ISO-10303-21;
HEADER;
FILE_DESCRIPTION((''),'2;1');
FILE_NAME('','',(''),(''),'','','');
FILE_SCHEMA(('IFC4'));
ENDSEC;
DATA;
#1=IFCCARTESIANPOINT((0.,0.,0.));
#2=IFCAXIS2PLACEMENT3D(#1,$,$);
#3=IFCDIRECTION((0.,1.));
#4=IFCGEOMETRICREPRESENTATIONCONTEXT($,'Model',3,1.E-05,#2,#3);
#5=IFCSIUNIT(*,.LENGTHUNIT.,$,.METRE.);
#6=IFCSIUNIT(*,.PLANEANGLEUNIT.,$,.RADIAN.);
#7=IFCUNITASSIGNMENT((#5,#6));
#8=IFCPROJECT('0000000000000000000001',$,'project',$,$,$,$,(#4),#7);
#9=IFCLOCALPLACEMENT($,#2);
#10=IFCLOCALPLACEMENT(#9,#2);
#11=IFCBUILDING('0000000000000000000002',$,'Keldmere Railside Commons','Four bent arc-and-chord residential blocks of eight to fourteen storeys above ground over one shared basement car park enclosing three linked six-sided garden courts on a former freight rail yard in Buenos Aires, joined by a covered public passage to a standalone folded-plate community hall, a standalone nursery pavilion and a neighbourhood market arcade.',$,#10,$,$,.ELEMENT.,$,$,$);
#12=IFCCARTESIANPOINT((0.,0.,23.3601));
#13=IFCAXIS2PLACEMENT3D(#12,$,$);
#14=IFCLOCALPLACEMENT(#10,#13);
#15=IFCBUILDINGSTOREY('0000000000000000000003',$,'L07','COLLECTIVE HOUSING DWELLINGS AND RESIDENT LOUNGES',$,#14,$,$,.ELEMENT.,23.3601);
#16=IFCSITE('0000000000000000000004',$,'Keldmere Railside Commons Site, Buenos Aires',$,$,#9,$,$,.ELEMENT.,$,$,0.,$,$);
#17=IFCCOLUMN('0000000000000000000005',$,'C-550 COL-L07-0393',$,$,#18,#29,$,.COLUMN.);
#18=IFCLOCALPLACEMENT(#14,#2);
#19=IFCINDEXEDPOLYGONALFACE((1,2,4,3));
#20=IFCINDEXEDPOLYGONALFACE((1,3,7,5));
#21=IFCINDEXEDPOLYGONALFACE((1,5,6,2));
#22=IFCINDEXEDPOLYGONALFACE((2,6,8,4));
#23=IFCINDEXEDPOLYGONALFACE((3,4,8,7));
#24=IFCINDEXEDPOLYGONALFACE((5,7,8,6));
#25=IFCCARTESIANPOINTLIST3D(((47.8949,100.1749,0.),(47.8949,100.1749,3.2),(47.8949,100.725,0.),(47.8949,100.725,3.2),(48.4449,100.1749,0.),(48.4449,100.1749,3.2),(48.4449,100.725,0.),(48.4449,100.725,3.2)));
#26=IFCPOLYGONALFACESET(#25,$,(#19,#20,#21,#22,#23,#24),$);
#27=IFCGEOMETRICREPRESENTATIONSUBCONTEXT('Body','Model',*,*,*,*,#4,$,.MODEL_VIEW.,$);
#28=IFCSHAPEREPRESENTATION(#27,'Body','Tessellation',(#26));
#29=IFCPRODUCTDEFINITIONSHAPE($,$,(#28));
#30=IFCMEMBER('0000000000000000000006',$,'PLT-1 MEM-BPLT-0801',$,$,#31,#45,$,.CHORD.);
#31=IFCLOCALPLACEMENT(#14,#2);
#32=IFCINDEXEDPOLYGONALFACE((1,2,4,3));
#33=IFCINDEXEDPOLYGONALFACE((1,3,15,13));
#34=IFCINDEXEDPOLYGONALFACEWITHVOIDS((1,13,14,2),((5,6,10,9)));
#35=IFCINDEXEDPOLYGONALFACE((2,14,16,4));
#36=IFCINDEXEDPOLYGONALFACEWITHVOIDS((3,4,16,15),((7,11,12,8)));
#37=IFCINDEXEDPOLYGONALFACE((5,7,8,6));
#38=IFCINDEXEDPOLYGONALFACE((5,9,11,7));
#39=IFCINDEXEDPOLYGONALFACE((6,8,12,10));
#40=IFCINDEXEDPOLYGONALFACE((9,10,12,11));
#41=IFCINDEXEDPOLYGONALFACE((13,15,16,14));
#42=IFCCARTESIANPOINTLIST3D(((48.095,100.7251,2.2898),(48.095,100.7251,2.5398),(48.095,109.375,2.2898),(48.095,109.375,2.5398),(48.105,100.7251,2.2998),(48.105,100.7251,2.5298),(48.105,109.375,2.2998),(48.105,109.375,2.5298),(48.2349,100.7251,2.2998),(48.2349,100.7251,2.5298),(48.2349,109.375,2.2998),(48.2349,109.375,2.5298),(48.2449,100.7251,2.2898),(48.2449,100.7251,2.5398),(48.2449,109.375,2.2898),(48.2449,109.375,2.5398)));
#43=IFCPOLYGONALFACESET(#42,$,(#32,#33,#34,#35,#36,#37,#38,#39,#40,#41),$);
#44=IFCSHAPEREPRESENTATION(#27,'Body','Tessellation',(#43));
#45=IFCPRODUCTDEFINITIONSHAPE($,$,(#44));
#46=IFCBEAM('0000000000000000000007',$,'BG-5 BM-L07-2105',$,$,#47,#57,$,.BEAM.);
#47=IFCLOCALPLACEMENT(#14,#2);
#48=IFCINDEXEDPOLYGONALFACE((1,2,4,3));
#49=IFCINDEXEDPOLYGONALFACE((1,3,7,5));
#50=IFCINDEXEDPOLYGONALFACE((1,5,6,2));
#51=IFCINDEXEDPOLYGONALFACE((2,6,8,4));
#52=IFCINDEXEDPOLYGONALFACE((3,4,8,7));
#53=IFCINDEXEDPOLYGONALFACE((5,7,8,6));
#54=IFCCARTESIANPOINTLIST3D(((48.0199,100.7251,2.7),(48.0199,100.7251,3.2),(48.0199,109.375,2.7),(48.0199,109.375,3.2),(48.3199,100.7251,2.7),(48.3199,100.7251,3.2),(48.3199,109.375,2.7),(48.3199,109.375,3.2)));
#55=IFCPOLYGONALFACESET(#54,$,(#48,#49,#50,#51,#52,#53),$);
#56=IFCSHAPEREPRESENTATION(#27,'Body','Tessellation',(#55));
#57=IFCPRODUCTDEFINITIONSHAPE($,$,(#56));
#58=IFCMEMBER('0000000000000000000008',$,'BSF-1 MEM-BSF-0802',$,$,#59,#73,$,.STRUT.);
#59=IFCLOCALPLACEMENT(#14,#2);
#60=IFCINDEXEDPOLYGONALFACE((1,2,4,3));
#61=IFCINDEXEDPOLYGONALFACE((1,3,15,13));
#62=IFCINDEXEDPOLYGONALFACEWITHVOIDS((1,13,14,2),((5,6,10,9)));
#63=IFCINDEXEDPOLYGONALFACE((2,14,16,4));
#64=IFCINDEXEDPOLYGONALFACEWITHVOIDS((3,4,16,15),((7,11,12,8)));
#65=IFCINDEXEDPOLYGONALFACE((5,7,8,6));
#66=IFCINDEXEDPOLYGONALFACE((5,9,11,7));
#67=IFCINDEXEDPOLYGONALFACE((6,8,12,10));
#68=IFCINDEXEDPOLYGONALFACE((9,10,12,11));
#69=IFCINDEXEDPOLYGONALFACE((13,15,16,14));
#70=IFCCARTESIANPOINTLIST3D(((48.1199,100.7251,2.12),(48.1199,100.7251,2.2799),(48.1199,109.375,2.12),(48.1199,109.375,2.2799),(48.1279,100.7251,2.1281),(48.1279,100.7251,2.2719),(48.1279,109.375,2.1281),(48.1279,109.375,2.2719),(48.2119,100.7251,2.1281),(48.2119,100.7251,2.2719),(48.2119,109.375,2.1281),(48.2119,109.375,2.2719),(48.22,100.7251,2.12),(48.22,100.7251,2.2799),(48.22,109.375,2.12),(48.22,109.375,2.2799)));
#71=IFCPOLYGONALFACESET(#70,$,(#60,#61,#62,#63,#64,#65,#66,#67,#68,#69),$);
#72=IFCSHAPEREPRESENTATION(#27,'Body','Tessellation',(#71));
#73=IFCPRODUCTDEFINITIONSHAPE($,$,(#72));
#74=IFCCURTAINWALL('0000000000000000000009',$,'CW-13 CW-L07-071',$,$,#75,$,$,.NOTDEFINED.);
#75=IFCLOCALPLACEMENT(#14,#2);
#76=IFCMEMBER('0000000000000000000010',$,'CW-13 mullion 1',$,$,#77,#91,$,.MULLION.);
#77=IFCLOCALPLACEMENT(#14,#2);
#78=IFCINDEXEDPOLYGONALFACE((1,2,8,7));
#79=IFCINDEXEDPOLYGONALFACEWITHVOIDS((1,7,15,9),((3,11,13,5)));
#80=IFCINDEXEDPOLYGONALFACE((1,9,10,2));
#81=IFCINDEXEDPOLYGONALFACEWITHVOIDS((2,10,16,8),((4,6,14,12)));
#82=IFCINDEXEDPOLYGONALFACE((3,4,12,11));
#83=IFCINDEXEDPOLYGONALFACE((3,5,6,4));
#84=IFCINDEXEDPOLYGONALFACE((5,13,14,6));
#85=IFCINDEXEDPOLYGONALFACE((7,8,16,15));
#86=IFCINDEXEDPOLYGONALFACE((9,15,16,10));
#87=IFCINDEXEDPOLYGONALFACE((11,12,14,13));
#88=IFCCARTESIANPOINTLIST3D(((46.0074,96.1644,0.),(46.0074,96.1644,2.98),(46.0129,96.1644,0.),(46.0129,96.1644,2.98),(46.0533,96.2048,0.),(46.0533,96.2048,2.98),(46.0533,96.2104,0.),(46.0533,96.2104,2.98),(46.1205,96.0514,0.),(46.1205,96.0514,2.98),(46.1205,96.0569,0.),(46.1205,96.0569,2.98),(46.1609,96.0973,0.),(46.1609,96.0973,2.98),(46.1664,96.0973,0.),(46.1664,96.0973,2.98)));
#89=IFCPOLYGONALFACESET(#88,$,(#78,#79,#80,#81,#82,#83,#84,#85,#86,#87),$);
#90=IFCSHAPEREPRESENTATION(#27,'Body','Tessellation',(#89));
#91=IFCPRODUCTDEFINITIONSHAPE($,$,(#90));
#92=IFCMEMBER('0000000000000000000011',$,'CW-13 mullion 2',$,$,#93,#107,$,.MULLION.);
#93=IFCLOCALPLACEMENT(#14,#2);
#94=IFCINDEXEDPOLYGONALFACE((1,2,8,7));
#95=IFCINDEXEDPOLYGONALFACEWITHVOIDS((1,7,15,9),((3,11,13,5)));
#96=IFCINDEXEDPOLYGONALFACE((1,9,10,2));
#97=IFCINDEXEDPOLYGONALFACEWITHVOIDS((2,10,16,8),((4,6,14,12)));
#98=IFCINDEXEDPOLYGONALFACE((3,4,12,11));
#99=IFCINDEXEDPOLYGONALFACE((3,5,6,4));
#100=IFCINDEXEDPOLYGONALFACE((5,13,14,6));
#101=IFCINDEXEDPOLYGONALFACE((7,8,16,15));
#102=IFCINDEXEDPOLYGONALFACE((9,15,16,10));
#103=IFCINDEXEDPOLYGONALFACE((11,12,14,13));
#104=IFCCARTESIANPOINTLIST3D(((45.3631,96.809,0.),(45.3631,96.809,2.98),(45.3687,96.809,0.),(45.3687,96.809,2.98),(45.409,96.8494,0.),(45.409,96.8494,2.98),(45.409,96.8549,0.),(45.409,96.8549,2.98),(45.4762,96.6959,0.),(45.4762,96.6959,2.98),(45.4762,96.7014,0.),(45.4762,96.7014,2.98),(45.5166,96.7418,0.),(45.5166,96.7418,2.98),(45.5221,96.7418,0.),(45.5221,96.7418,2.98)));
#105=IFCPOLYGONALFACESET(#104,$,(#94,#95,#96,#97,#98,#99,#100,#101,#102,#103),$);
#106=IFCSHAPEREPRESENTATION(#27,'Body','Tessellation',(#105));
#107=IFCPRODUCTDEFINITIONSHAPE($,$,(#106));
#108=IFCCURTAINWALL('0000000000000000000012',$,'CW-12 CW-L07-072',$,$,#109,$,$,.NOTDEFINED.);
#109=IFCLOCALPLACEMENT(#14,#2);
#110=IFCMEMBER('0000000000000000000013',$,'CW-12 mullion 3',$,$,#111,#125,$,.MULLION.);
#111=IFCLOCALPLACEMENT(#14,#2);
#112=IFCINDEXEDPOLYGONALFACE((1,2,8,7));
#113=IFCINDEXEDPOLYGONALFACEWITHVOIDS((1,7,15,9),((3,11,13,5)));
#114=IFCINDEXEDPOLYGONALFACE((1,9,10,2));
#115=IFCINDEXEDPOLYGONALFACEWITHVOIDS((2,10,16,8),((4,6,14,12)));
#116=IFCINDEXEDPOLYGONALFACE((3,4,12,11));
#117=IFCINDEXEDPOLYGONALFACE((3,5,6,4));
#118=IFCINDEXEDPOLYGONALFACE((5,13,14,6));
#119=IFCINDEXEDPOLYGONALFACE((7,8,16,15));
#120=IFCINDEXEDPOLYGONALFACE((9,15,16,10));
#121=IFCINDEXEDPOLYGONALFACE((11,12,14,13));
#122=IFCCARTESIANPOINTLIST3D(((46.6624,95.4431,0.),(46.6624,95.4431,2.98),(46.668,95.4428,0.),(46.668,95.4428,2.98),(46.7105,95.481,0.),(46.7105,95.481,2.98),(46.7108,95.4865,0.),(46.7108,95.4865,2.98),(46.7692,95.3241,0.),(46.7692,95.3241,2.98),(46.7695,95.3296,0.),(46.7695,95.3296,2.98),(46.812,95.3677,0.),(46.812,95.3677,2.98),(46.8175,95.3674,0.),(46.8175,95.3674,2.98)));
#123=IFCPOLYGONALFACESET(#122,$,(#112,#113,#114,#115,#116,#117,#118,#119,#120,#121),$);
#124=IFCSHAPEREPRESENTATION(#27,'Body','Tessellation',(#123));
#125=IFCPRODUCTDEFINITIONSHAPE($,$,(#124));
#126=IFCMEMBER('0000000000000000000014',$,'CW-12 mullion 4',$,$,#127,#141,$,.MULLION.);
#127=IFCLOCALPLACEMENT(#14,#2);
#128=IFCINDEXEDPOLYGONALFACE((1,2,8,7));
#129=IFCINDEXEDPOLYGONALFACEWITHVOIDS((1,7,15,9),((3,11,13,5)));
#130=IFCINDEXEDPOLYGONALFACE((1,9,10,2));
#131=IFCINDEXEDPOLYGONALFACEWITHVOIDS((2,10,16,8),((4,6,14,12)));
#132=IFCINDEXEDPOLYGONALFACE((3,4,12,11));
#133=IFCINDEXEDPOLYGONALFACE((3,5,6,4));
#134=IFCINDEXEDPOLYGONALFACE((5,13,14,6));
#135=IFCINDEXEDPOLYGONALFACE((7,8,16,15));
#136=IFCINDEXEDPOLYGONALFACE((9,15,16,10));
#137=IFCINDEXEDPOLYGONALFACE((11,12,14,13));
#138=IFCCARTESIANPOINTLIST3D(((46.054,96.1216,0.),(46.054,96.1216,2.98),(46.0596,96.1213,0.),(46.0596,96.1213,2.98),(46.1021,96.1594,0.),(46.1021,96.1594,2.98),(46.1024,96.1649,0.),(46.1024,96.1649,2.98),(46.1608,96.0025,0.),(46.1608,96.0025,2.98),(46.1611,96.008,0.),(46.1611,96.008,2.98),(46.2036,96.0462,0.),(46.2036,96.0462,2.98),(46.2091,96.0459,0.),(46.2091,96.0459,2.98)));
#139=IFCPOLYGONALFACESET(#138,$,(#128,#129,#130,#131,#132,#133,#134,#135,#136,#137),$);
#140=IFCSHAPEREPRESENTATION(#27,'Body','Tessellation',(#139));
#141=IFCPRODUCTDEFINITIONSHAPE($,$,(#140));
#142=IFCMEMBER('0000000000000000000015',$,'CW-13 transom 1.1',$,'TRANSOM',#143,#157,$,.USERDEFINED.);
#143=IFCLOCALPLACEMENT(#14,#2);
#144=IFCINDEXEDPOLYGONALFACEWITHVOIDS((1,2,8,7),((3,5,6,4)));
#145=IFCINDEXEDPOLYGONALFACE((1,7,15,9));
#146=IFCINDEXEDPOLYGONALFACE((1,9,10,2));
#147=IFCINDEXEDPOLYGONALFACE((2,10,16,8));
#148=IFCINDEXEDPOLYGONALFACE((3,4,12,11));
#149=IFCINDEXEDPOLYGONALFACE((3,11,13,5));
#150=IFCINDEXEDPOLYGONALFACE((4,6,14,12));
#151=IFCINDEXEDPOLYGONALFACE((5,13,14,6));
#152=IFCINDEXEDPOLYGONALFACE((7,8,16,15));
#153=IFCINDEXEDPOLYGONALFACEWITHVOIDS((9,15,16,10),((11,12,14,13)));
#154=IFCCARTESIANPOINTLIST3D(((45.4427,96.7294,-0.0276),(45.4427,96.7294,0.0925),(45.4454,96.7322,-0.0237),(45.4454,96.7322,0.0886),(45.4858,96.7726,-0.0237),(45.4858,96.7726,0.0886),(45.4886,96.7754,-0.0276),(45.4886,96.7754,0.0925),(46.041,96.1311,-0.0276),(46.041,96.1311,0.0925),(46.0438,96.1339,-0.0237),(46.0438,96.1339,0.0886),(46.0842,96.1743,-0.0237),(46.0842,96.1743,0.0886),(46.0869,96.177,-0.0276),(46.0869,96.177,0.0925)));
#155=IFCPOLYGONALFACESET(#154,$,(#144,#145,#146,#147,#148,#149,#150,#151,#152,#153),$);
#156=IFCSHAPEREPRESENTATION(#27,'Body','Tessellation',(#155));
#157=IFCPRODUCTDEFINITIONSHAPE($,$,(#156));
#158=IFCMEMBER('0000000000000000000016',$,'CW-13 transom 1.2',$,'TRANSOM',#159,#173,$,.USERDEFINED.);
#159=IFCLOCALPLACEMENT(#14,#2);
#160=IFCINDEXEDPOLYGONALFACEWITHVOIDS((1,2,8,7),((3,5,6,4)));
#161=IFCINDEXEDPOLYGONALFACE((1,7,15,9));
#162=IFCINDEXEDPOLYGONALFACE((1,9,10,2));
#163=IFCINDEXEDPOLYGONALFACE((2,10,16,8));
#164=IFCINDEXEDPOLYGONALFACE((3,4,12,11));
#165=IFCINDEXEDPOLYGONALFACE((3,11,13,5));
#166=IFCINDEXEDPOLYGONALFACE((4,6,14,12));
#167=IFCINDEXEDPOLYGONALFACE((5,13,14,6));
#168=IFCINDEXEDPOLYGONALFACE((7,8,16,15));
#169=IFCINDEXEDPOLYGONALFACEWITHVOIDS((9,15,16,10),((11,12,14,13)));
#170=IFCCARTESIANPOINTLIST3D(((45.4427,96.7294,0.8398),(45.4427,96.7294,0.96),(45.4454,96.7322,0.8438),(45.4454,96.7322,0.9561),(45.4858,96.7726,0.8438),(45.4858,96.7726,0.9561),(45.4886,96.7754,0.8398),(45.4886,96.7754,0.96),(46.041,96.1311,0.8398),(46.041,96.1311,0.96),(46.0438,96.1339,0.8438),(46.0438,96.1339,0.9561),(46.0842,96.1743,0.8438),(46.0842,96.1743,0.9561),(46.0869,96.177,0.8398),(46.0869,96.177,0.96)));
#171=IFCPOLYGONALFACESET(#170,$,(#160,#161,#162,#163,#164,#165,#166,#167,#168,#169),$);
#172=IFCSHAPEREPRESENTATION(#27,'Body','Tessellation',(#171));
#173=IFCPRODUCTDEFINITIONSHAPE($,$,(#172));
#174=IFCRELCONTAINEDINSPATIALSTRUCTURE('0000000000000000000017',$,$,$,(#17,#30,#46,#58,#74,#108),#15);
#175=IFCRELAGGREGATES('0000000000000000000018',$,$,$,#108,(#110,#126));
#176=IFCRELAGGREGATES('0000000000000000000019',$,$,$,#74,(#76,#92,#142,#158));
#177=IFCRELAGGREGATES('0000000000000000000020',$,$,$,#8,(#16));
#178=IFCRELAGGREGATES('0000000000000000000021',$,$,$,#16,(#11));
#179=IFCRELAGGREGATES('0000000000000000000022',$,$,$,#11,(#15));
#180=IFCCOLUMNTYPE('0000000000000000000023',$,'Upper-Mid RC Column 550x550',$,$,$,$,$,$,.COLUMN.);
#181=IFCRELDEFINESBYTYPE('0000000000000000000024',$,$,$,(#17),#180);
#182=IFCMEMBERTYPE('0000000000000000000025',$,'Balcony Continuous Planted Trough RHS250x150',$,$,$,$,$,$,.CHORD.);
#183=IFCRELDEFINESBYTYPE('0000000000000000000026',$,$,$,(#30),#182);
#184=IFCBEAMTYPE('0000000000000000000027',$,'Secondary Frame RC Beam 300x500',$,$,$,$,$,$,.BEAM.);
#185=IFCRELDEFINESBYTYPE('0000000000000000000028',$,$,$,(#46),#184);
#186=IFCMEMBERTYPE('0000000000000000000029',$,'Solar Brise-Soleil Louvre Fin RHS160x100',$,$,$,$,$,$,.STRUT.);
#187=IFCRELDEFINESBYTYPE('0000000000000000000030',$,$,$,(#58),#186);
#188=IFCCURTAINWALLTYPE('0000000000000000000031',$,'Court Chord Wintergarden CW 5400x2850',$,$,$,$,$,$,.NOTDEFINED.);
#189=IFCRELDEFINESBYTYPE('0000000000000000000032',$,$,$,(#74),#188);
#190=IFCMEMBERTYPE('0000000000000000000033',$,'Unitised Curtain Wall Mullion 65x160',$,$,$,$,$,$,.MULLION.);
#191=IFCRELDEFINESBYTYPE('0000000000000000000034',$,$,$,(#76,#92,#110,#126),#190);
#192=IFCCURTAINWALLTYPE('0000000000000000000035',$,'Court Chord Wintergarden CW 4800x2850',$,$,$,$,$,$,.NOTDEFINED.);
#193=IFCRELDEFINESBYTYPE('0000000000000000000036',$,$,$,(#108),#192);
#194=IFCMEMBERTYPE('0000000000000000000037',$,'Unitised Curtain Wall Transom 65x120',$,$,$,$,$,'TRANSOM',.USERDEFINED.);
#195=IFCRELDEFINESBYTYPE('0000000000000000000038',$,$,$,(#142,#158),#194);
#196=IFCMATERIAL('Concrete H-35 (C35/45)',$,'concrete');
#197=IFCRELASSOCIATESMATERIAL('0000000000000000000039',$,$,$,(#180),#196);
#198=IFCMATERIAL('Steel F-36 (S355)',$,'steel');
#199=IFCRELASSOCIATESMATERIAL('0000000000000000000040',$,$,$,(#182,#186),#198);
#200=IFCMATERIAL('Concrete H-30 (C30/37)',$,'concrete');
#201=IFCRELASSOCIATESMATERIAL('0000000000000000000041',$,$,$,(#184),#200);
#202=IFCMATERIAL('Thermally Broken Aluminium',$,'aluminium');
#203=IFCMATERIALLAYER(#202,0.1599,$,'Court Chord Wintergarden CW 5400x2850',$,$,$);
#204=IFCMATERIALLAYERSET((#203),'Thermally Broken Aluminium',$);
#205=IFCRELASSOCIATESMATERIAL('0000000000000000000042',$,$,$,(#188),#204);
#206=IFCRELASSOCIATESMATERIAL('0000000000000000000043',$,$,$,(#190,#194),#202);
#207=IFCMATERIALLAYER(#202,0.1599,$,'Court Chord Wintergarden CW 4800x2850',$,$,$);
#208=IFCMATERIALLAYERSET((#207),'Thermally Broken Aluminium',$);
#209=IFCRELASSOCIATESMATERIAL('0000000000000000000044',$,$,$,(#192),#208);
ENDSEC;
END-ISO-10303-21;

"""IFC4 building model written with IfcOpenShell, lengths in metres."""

from ifc_helpers import new_model, si_unit, direction, frame, origin, origin_2d, place, context, subcontext, project, spatial, rectangle, hollow_rectangle, extrude, material, layer, layer_set, material_profile, profile_set, type_object, element, aggregate, save


model = new_model("IFC4")

# Units and contexts
model_context = context("Model", 3, precision=1e-05, world=origin(), true_north=direction((0.0, 1.0)))
body_context = subcontext(model_context, "Body", "Model", "MODEL_VIEW")
ifc_project = project(units=[si_unit("LENGTHUNIT", "METRE"), si_unit("PLANEANGLEUNIT", "RADIAN")], contexts=[model_context])

# Site, building, storey
site_placement = place(None, origin())
site = spatial("IfcSite", under=ifc_project, at=site_placement, Name="Keldmere Railside Commons Site, Buenos Aires", CompositionType="ELEMENT", RefElevation=0.0)
building_placement = place(site_placement, origin())
building = spatial("IfcBuilding", under=site, at=building_placement, Name="Keldmere Railside Commons", Description="Four bent arc-and-chord residential blocks of eight to fourteen storeys above ground over one shared basement car park enclosing three linked six-sided garden courts on a former freight rail yard in Buenos Aires, joined by a covered public passage to a standalone folded-plate community hall, a standalone nursery pavilion and a neighbourhood market arcade.", CompositionType="ELEMENT")
storey_placement = place(building_placement, frame((0.0, 0.0, 23.3601)))
storey = spatial("IfcBuildingStorey", under=building, at=storey_placement, Name="L07", Description="COLLECTIVE HOUSING DWELLINGS AND RESIDENT LOUNGES", CompositionType="ELEMENT", Elevation=23.3601)

# Column
ifc_material_1 = material(Name="Concrete H-35 (C35/45)", Category="concrete")
ifc_material_profile_1 = material_profile(ifc_material_1, rectangle(XDim=0.55, YDim=0.55, at=origin_2d()), Name="RC-550x550")
ifc_profile_set_1 = profile_set([ifc_material_profile_1], Name="Concrete H-35 (C35/45)")
column_type = type_object("IfcColumnType", Name="Upper-Mid RC Column 550x550", PredefinedType="COLUMN", material=ifc_profile_set_1)
column_placement = place(storey_placement, frame((48.1699, 100.45, 0.0), z_axis=(0.0, 0.0, 1.0), x_axis=(1.0, 0.0, 0.0)))
element("IfcColumn", 1, at=column_placement, inside=storey, type_object=column_type, Name="C-550 COL-L07-0393", PredefinedType="COLUMN", context=body_context, shape_type="SweptSolid", body=[
    extrude(rectangle(XDim=0.55, YDim=0.55, at=origin_2d()), origin(), (0.0, 0.0, 1.0), 3.2),
])

# Member
ifc_material_2 = material(Name="Steel F-36 (S355)", Category="steel")
ifc_material_profile_2 = material_profile(ifc_material_2, hollow_rectangle(XDim=0.1499, YDim=0.25, WallThickness=0.01, at=origin_2d()), Name="RHS-250x150x10")
ifc_profile_set_2 = profile_set([ifc_material_profile_2], Name="Steel F-36 (S355)")
member_type_1 = type_object("IfcMemberType", Name="Balcony Continuous Planted Trough RHS250x150", PredefinedType="CHORD", material=ifc_profile_set_2)
member_1_placement = place(storey_placement, frame((48.1699, 100.7251, 2.4148), z_axis=(0.0, 1.0, 0.0), x_axis=(-1.0, 0.0, 0.0)))
element("IfcMember", 2, at=member_1_placement, inside=storey, type_object=member_type_1, Name="PLT-1 MEM-BPLT-0801", PredefinedType="CHORD", context=body_context, shape_type="SweptSolid", body=[
    extrude(hollow_rectangle(XDim=0.1499, YDim=0.25, WallThickness=0.01, at=origin_2d()), origin(), (0.0, 0.0, 1.0), 8.6499),
])

# Beam
ifc_material_3 = material(Name="Concrete H-30 (C30/37)", Category="concrete")
ifc_material_profile_3 = material_profile(ifc_material_3, rectangle(XDim=0.3, YDim=0.5, at=origin_2d()), Name="RC-300x500")
ifc_profile_set_3 = profile_set([ifc_material_profile_3], Name="Concrete H-30 (C30/37)")
beam_type = type_object("IfcBeamType", Name="Secondary Frame RC Beam 300x500", PredefinedType="BEAM", material=ifc_profile_set_3)
beam_placement = place(storey_placement, frame((48.1699, 100.7251, 2.95), z_axis=(0.0, 1.0, 0.0), x_axis=(-1.0, 0.0, 0.0)))
element("IfcBeam", 3, at=beam_placement, inside=storey, type_object=beam_type, Name="BG-5 BM-L07-2105", PredefinedType="BEAM", context=body_context, shape_type="SweptSolid", body=[
    extrude(rectangle(XDim=0.3, YDim=0.5, at=origin_2d()), origin(), (0.0, 0.0, 1.0), 8.6499),
])

# Member
ifc_material_profile_4 = material_profile(ifc_material_2, hollow_rectangle(XDim=0.1001, YDim=0.1599, WallThickness=0.0081, at=origin_2d()), Name="RHS-160x100x8")
ifc_profile_set_4 = profile_set([ifc_material_profile_4], Name="Steel F-36 (S355)")
member_type_2 = type_object("IfcMemberType", Name="Solar Brise-Soleil Louvre Fin RHS160x100", PredefinedType="STRUT", material=ifc_profile_set_4)
member_2_placement = place(storey_placement, frame((48.1699, 100.7251, 2.2), z_axis=(0.0, 1.0, 0.0), x_axis=(-1.0, 0.0, 0.0)))
element("IfcMember", 4, at=member_2_placement, inside=storey, type_object=member_type_2, Name="BSF-1 MEM-BSF-0802", PredefinedType="STRUT", context=body_context, shape_type="SweptSolid", body=[
    extrude(hollow_rectangle(XDim=0.1001, YDim=0.1599, WallThickness=0.0081, at=origin_2d()), origin(), (0.0, 0.0, 1.0), 8.6499),
])

# Curtain walls, members
ifc_material_4 = material(Name="Thermally Broken Aluminium", Category="aluminium")
ifc_layer_1 = layer(ifc_material_4, 0.1599, Name="Court Chord Wintergarden CW 5400x2850")
ifc_layer_set_1 = layer_set([ifc_layer_1], Name="Thermally Broken Aluminium")
curtain_wall_type_1 = type_object("IfcCurtainWallType", Name="Court Chord Wintergarden CW 5400x2850", PredefinedType="NOTDEFINED", material=ifc_layer_set_1)
curtain_wall_1_placement = place(storey_placement, origin())
curtain_wall_1 = element("IfcCurtainWall", 5, at=curtain_wall_1_placement, inside=storey, type_object=curtain_wall_type_1, Name="CW-13 CW-L07-071", PredefinedType="NOTDEFINED")
ifc_material_profile_5 = material_profile(ifc_material_4, hollow_rectangle(XDim=0.0649, YDim=0.1599, WallThickness=0.0039, at=origin_2d()), Name="ALU-MULL-65x160")
ifc_profile_set_5 = profile_set([ifc_material_profile_5], Name="Thermally Broken Aluminium")
member_type_3 = type_object("IfcMemberType", Name="Unitised Curtain Wall Mullion 65x160", PredefinedType="MULLION", material=ifc_profile_set_5)
member_3_placement = place(storey_placement, frame((46.0869, 96.1309, 0.0), z_axis=(0.0, 0.0, 1.0), x_axis=(-0.707107, -0.707107, 0.0)))
member_3 = element("IfcMember", 6, at=member_3_placement, type_object=member_type_3, Name="CW-13 mullion 1", PredefinedType="MULLION", context=body_context, shape_type="SweptSolid", body=[
    extrude(hollow_rectangle(XDim=0.0649, YDim=0.1599, WallThickness=0.0039, at=origin_2d()), origin(), (0.0, 0.0, 1.0), 2.98),
])
member_4_placement = place(storey_placement, frame((45.4426, 96.7754, 0.0), z_axis=(0.0, 0.0, 1.0), x_axis=(-0.707107, -0.707107, 0.0)))
member_4 = element("IfcMember", 7, at=member_4_placement, type_object=member_type_3, Name="CW-13 mullion 2", PredefinedType="MULLION", context=body_context, shape_type="SweptSolid", body=[
    extrude(hollow_rectangle(XDim=0.0649, YDim=0.1599, WallThickness=0.0039, at=origin_2d()), origin(), (0.0, 0.0, 1.0), 2.98),
])
ifc_layer_2 = layer(ifc_material_4, 0.1599, Name="Court Chord Wintergarden CW 4800x2850")
ifc_layer_set_2 = layer_set([ifc_layer_2], Name="Thermally Broken Aluminium")
curtain_wall_type_2 = type_object("IfcCurtainWallType", Name="Court Chord Wintergarden CW 4800x2850", PredefinedType="NOTDEFINED", material=ifc_layer_set_2)
curtain_wall_2_placement = place(storey_placement, origin())
curtain_wall_2 = element("IfcCurtainWall", 8, at=curtain_wall_2_placement, inside=storey, type_object=curtain_wall_type_2, Name="CW-12 CW-L07-072", PredefinedType="NOTDEFINED")
member_5_placement = place(storey_placement, frame((46.74, 95.4053, 0.0), z_axis=(0.0, 0.0, 1.0), x_axis=(-0.744557, -0.667559, 0.0)))
member_5 = element("IfcMember", 9, at=member_5_placement, type_object=member_type_3, Name="CW-12 mullion 3", PredefinedType="MULLION", context=body_context, shape_type="SweptSolid", body=[
    extrude(hollow_rectangle(XDim=0.0649, YDim=0.1599, WallThickness=0.0039, at=origin_2d()), origin(), (0.0, 0.0, 1.0), 2.98),
])
member_6_placement = place(storey_placement, frame((46.1316, 96.0837, 0.0), z_axis=(0.0, 0.0, 1.0), x_axis=(-0.744557, -0.667559, 0.0)))
member_6 = element("IfcMember", 10, at=member_6_placement, type_object=member_type_3, Name="CW-12 mullion 4", PredefinedType="MULLION", context=body_context, shape_type="SweptSolid", body=[
    extrude(hollow_rectangle(XDim=0.0649, YDim=0.1599, WallThickness=0.0039, at=origin_2d()), origin(), (0.0, 0.0, 1.0), 2.98),
])

# Members
ifc_material_profile_6 = material_profile(ifc_material_4, hollow_rectangle(XDim=0.0649, YDim=0.1201, WallThickness=0.0039, at=origin_2d()), Name="ALU-TRAN-65x120")
ifc_profile_set_6 = profile_set([ifc_material_profile_6], Name="Thermally Broken Aluminium")
member_type_4 = type_object("IfcMemberType", Name="Unitised Curtain Wall Transom 65x120", ElementType="TRANSOM", PredefinedType="USERDEFINED", material=ifc_profile_set_6)
member_7_placement = place(storey_placement, frame((46.064, 96.1541, 0.0325), z_axis=(-0.707107, 0.707107, 0.0), x_axis=(-0.707107, -0.707107, 0.0)))
member_7 = element("IfcMember", 11, at=member_7_placement, type_object=member_type_4, Name="CW-13 transom 1.1", ObjectType="TRANSOM", PredefinedType="USERDEFINED", context=body_context, shape_type="SweptSolid", body=[
    extrude(hollow_rectangle(XDim=0.0649, YDim=0.1201, WallThickness=0.0039, at=origin_2d()), origin(), (0.0, 0.0, 1.0), 0.8462),
])
member_8_placement = place(storey_placement, frame((46.064, 96.1541, 0.8999), z_axis=(-0.707107, 0.707107, 0.0), x_axis=(-0.707107, -0.707107, 0.0)))
member_8 = element("IfcMember", 12, at=member_8_placement, type_object=member_type_4, Name="CW-13 transom 1.2", ObjectType="TRANSOM", PredefinedType="USERDEFINED", context=body_context, shape_type="SweptSolid", body=[
    extrude(hollow_rectangle(XDim=0.0649, YDim=0.1201, WallThickness=0.0039, at=origin_2d()), origin(), (0.0, 0.0, 1.0), 0.8462),
])

aggregate(curtain_wall_2, [member_5, member_6])
aggregate(curtain_wall_1, [member_3, member_4, member_7, member_8])

save(model, "model.ifc")
